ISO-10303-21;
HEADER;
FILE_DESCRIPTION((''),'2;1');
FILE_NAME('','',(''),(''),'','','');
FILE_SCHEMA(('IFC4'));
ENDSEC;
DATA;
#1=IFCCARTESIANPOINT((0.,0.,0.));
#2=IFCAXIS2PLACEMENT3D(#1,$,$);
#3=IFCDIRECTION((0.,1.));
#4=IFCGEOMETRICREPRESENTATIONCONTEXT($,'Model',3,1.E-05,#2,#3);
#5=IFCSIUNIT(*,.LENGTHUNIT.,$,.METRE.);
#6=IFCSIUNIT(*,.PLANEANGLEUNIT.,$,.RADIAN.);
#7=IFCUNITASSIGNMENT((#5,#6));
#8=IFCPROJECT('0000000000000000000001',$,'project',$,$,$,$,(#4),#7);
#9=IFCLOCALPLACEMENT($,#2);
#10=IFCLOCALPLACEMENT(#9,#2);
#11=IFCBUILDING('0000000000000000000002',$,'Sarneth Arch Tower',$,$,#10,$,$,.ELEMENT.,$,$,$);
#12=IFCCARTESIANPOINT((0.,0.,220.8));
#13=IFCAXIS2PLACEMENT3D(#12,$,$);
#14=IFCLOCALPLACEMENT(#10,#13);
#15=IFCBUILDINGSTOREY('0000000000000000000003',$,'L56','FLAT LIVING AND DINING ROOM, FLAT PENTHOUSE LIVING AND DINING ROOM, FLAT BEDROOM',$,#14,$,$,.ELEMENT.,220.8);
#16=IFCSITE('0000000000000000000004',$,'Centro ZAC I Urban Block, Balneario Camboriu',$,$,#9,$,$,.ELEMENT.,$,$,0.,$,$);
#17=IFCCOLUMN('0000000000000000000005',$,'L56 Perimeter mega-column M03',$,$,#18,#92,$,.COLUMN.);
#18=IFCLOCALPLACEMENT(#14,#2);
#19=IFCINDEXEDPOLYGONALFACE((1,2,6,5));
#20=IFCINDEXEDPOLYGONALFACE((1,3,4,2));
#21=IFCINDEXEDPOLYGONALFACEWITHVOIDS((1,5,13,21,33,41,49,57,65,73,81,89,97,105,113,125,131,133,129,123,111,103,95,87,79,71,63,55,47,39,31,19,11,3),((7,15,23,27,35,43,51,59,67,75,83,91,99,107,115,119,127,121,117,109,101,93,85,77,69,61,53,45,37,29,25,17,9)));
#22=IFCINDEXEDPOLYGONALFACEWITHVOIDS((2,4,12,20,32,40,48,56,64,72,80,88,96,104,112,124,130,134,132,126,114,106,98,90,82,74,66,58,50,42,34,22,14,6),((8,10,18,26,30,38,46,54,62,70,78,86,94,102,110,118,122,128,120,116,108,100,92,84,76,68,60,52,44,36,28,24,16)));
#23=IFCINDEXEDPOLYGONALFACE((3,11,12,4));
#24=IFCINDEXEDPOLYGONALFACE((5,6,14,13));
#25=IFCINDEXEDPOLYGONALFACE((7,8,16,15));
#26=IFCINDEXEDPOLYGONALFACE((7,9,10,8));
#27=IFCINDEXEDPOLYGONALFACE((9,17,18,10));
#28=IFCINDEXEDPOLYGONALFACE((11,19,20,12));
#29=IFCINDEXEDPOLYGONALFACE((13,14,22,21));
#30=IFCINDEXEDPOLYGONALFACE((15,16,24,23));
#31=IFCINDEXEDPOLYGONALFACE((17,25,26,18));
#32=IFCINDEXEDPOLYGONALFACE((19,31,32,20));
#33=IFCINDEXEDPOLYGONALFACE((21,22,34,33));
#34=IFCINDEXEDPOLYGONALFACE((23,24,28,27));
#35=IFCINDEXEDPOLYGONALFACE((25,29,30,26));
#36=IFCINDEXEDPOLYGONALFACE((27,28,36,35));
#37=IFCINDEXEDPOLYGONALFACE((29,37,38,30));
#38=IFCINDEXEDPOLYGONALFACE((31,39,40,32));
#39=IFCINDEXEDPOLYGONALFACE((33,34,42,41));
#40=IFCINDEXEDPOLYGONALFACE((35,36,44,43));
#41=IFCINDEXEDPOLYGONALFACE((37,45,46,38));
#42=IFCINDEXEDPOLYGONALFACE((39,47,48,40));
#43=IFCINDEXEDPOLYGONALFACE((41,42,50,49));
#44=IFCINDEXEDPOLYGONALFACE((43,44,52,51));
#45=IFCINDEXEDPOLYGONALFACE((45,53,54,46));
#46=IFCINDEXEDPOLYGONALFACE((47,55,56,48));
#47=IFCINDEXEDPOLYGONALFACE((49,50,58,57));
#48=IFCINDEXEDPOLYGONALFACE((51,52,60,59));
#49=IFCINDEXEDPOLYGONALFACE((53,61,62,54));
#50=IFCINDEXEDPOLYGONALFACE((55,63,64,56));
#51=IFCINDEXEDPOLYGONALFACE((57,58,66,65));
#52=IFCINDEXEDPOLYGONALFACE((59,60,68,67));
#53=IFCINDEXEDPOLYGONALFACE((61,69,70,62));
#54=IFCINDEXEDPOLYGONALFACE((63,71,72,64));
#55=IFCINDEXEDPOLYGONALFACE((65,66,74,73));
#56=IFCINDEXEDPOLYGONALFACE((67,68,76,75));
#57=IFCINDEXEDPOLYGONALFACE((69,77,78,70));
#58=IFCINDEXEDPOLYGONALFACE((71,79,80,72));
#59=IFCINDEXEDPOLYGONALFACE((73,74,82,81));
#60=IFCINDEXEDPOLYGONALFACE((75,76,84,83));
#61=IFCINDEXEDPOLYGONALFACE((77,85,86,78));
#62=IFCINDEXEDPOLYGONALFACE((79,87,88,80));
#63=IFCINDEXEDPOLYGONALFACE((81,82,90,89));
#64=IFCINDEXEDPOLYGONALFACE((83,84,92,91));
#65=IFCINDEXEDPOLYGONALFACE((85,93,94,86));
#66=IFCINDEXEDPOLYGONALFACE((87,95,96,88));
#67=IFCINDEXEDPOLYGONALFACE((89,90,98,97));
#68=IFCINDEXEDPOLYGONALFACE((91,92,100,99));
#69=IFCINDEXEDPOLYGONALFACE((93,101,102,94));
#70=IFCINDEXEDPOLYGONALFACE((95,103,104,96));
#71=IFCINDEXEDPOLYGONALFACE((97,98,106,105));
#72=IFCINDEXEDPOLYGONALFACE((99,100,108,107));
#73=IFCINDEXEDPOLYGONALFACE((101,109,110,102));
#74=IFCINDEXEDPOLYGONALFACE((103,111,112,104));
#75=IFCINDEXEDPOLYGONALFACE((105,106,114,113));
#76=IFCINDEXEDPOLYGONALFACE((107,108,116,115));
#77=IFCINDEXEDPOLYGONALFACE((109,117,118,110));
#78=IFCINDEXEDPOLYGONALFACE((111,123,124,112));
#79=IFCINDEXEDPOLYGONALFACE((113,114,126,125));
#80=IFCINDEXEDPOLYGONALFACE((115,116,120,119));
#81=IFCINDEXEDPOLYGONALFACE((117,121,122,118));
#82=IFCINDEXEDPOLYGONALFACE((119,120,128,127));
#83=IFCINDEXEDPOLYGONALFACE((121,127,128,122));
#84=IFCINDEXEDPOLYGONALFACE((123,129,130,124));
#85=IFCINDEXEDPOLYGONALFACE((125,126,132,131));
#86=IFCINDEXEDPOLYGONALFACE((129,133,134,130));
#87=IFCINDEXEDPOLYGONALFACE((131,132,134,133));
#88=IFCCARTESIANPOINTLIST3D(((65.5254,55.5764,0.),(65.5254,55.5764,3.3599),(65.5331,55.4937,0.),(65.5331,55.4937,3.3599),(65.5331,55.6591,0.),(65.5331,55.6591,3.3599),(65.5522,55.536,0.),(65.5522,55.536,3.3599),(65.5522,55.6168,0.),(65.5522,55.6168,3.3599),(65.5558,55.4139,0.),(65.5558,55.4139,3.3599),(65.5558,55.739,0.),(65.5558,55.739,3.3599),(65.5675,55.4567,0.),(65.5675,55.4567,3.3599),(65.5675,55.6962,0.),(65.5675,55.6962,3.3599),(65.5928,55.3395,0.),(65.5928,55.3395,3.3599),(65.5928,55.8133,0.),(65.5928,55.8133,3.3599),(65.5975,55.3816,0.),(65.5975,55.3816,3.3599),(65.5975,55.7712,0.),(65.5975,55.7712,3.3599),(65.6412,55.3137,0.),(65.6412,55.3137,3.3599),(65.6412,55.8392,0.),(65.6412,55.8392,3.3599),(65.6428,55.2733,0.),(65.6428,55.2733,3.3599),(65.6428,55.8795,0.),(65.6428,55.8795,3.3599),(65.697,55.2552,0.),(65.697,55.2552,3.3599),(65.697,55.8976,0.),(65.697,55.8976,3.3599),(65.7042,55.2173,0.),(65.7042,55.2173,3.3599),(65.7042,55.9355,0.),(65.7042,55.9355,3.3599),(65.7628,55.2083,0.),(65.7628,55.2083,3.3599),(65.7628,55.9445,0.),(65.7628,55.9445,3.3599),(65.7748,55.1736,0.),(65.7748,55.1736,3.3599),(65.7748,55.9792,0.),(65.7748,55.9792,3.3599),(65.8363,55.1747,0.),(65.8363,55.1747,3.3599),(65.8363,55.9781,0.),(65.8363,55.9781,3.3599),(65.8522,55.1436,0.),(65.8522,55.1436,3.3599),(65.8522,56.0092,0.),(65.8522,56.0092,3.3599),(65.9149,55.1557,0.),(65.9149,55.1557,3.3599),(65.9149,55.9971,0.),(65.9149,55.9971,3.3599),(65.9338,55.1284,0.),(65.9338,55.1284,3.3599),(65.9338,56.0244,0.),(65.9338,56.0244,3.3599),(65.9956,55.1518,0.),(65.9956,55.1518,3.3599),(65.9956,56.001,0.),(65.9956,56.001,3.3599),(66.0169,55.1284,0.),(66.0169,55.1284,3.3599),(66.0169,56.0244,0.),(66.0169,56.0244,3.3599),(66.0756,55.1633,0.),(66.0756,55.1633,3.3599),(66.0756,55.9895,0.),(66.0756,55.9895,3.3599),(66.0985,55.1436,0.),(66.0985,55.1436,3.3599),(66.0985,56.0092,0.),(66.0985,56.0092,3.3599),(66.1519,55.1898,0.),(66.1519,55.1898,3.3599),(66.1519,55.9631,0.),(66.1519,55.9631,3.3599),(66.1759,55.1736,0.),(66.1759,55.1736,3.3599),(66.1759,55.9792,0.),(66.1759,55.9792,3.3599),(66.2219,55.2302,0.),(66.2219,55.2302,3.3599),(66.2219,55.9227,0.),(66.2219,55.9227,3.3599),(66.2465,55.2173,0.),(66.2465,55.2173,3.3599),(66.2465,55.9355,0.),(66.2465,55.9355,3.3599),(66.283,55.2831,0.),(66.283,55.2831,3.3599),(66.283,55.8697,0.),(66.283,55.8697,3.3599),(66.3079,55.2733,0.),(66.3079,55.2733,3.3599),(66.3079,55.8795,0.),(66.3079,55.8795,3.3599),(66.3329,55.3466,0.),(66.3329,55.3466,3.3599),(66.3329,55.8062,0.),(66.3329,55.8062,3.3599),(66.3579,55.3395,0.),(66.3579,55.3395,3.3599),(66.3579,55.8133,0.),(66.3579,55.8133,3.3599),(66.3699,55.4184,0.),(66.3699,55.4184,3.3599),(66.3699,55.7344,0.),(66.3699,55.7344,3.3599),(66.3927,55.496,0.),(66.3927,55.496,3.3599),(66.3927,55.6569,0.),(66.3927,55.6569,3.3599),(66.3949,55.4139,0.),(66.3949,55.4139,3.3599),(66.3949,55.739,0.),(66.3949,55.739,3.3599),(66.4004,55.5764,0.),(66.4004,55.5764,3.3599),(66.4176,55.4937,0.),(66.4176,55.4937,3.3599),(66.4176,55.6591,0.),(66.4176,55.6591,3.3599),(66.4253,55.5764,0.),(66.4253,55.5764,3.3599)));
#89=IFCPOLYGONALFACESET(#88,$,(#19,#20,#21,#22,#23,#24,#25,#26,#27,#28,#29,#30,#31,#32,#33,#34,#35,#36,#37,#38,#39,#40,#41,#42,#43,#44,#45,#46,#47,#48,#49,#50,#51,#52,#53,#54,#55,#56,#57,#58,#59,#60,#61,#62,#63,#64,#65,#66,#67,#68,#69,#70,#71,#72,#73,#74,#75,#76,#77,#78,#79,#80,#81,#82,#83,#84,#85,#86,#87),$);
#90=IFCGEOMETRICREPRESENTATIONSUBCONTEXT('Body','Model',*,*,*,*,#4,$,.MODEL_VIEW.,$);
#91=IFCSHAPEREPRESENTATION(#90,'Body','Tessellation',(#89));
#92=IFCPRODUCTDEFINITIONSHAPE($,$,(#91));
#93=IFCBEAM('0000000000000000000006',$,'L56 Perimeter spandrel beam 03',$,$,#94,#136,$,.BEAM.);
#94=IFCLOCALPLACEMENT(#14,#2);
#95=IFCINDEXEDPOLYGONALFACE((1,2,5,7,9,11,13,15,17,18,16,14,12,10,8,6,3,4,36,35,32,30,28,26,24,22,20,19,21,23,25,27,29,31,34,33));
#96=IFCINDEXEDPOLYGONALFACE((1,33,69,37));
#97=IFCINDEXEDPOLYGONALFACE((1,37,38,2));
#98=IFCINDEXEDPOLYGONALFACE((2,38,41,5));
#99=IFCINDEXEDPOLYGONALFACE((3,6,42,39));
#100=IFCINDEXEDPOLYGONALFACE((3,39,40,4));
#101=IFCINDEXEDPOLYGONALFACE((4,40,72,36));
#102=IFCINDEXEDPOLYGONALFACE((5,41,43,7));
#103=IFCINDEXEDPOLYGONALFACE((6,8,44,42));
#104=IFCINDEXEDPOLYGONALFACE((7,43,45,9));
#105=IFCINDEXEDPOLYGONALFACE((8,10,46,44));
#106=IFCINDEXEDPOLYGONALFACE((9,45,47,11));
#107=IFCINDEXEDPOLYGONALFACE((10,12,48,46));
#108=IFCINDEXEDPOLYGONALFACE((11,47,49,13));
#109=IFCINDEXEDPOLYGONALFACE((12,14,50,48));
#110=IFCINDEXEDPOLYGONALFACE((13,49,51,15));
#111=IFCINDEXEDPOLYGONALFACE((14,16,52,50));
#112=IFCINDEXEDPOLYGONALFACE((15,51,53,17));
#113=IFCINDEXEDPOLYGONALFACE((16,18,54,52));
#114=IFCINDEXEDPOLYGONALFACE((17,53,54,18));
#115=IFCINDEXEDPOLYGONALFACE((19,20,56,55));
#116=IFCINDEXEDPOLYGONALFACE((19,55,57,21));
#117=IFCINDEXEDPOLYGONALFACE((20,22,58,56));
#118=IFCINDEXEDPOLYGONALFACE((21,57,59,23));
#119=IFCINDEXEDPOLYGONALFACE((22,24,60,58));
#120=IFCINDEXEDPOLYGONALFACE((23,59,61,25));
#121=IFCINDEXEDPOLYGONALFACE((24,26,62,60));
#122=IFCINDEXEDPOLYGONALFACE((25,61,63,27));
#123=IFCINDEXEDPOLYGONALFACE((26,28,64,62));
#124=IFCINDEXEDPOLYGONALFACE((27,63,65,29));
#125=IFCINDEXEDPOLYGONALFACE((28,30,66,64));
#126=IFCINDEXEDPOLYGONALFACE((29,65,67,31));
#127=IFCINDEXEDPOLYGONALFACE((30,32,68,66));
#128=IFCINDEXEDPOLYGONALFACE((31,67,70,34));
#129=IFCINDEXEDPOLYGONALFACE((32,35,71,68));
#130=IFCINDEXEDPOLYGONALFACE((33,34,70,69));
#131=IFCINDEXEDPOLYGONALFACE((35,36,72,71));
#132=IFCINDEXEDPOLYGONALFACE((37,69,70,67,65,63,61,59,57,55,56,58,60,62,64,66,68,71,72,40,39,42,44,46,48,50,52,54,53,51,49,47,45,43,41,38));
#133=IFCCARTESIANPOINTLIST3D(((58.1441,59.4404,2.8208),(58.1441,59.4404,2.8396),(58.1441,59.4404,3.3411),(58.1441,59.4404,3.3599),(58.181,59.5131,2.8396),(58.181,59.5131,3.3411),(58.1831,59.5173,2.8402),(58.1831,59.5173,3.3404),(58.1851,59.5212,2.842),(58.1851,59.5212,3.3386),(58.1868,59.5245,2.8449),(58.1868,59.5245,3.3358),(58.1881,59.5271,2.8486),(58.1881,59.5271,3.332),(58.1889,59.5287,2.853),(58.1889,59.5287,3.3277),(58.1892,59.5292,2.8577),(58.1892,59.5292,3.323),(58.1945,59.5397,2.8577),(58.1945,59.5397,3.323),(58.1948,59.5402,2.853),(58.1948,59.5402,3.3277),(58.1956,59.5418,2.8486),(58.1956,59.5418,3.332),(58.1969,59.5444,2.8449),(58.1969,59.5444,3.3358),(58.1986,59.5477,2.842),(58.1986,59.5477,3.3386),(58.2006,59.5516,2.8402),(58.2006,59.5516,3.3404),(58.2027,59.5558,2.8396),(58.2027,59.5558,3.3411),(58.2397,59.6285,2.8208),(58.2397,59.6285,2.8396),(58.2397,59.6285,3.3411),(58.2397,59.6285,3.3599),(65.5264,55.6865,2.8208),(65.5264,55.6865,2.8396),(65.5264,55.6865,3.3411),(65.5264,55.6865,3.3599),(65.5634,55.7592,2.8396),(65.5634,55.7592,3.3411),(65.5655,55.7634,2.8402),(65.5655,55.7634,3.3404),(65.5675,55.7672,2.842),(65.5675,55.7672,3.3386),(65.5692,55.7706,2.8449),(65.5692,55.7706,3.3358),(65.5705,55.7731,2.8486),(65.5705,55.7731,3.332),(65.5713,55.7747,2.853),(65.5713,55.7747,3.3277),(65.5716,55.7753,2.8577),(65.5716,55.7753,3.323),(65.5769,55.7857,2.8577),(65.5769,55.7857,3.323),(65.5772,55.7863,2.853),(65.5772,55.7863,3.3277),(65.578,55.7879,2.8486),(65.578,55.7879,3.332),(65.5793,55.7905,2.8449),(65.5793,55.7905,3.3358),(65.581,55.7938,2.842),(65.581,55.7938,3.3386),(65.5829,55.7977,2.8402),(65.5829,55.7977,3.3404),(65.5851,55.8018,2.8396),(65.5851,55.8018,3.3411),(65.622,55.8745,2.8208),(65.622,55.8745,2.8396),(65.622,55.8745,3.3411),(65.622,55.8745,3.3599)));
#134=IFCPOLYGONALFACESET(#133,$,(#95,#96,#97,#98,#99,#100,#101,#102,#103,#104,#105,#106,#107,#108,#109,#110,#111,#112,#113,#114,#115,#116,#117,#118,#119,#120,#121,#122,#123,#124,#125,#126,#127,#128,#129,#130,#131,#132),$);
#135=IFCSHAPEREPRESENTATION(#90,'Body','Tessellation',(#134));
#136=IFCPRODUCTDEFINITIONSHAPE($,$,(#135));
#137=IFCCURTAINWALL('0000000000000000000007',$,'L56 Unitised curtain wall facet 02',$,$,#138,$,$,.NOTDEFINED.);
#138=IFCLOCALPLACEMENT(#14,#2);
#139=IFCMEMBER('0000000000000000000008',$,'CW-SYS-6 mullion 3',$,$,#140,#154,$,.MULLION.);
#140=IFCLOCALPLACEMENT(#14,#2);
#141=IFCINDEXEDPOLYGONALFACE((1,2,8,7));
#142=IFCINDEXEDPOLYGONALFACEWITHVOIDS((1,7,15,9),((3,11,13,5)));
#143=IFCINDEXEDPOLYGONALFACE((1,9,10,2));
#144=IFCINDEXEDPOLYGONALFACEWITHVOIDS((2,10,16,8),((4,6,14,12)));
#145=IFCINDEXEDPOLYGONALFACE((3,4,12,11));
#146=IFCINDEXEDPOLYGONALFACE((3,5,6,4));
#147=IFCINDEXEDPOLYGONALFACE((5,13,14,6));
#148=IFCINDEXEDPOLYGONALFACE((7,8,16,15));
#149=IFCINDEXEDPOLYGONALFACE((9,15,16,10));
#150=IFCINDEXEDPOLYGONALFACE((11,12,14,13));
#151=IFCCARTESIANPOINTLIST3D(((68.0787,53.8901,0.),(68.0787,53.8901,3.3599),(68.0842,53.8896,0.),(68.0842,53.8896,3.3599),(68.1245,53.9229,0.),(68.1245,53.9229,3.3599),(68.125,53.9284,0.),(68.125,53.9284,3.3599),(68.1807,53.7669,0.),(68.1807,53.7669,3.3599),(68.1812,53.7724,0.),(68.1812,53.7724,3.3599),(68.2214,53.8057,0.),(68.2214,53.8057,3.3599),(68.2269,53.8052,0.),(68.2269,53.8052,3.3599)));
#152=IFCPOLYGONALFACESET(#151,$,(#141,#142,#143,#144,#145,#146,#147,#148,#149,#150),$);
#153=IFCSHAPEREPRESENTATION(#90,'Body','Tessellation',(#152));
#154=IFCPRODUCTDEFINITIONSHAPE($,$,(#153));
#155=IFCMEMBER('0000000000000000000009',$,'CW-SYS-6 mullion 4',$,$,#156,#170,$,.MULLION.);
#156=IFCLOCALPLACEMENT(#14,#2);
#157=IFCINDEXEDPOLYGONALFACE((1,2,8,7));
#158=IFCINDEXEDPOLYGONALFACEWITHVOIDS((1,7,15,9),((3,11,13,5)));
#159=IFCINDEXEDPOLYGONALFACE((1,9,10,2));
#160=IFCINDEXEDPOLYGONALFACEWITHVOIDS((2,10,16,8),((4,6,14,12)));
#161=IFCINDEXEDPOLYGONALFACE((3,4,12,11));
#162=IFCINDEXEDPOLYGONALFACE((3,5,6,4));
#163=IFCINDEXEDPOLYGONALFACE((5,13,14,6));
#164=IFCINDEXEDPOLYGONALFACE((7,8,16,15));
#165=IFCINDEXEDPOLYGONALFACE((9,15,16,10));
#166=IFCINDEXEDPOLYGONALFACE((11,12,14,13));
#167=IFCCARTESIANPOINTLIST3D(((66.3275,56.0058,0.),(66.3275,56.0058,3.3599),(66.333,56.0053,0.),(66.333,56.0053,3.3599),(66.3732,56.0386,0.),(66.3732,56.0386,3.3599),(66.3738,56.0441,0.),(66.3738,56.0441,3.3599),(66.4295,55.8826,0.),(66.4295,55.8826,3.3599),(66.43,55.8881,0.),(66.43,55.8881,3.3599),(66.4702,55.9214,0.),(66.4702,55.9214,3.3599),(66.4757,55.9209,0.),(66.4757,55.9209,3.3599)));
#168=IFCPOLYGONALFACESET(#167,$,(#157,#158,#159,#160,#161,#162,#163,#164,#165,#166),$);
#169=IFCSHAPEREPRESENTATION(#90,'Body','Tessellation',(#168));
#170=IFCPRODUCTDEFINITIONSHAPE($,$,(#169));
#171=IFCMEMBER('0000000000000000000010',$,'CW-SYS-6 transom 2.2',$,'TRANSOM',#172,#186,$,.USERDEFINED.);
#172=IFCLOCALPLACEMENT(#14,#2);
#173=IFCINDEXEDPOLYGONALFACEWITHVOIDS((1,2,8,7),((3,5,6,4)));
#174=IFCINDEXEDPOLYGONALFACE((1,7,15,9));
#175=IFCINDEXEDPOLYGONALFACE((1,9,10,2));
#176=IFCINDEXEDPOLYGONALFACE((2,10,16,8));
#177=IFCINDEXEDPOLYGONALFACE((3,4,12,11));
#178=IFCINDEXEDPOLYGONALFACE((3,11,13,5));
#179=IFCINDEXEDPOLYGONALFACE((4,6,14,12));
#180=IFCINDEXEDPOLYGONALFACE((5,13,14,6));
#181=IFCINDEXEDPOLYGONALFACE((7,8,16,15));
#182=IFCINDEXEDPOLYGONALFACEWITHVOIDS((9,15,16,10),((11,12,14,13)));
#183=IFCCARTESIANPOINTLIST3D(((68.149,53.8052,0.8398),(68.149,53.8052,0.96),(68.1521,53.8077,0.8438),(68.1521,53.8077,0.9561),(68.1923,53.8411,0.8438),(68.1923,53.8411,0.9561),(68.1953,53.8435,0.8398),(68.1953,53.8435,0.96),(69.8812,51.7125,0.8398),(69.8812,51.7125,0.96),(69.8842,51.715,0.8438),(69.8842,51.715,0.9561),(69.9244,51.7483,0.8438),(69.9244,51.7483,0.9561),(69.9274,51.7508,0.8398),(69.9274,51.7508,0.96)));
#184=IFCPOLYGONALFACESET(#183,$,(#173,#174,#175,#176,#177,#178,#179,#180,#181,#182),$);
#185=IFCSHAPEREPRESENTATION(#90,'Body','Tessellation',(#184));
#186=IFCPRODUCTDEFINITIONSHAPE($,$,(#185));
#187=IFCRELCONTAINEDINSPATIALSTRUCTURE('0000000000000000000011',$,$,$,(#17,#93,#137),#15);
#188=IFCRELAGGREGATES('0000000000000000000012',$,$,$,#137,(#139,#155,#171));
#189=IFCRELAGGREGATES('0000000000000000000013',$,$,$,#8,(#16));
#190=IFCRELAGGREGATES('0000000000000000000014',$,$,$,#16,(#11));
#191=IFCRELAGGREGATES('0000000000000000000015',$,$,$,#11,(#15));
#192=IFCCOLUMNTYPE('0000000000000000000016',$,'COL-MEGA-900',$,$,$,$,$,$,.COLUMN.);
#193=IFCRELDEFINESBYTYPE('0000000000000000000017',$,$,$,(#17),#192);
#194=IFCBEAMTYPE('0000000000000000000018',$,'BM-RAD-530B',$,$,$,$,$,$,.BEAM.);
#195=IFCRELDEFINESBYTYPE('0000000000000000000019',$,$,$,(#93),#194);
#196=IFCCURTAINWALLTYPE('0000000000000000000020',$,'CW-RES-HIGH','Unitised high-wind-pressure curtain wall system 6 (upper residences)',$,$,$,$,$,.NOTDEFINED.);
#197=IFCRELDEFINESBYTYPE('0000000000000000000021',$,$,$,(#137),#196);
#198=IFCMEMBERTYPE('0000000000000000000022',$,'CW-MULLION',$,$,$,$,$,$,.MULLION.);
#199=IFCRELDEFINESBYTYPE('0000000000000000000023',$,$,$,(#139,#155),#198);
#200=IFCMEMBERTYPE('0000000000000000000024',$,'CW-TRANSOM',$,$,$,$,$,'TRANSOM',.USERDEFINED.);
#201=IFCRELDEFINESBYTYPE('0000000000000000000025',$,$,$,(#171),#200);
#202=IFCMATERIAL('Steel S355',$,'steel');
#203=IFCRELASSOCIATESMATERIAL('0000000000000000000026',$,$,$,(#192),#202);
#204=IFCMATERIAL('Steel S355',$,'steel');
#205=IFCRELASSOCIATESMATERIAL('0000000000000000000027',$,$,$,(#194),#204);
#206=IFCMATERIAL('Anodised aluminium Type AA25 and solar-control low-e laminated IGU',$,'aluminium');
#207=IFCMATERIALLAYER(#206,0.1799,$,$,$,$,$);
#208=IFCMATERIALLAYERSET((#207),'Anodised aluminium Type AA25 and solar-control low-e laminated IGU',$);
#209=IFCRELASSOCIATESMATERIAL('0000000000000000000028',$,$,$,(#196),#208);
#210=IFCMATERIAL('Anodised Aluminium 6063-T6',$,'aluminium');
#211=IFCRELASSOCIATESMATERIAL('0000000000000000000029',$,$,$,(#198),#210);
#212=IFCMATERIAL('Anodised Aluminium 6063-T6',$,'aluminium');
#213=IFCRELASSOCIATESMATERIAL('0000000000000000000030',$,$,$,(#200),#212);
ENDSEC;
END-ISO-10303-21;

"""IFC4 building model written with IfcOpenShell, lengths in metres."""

from ifc_helpers import new_model, si_unit, direction, frame, origin, origin_2d, place, context, subcontext, project, spatial, hollow_rectangle, hollow_circle, i_section, extrude, material, layer, layer_set, material_profile, profile_set, type_object, element, aggregate, save


model = new_model("IFC4")

# Units and contexts
model_context = context("Model", 3, precision=1e-05, world=origin(), true_north=direction((0.0, 1.0)))
body_context = subcontext(model_context, "Body", "Model", "MODEL_VIEW")
ifc_project = project(units=[si_unit("LENGTHUNIT", "METRE"), si_unit("PLANEANGLEUNIT", "RADIAN")], contexts=[model_context])

# Site, building, storey
site_placement = place(None, origin())
site = spatial("IfcSite", under=ifc_project, at=site_placement, Name="Centro ZAC I Urban Block, Balneario Camboriu", CompositionType="ELEMENT", RefElevation=0.0)
building_placement = place(site_placement, origin())
building = spatial("IfcBuilding", under=site, at=building_placement, Name="Sarneth Arch Tower", CompositionType="ELEMENT")
storey_placement = place(building_placement, frame((0.0, 0.0, 220.8)))
storey = spatial("IfcBuildingStorey", under=building, at=storey_placement, Name="L56", Description="FLAT LIVING AND DINING ROOM, FLAT PENTHOUSE LIVING AND DINING ROOM, FLAT BEDROOM", CompositionType="ELEMENT", Elevation=220.8)

# Column
ifc_material_1 = material(Name="Steel S355", Category="steel")
ifc_material_profile_1 = material_profile(ifc_material_1, hollow_circle(Radius=0.45, WallThickness=0.0249, at=origin_2d()), Name="CHS900x25")
ifc_profile_set_1 = profile_set([ifc_material_profile_1], Name="Steel S355")
column_type = type_object("IfcColumnType", Name="COL-MEGA-900", PredefinedType="COLUMN", material=ifc_profile_set_1)
column_placement = place(storey_placement, frame((65.9753, 55.5764, 0.0), z_axis=(0.0, 0.0, 1.0), x_axis=(1.0, 0.0, 0.0)))
element("IfcColumn", 1, at=column_placement, inside=storey, type_object=column_type, Name="L56 Perimeter mega-column M03", PredefinedType="COLUMN", context=body_context, shape_type="SweptSolid", body=[
    extrude(hollow_circle(Radius=0.45, WallThickness=0.0249, at=origin_2d()), origin(), (0.0, 0.0, 1.0), 3.3599),
])

# Beam
ifc_material_2 = material(Name="Steel S355", Category="steel")
ifc_material_profile_2 = material_profile(ifc_material_2, i_section(OverallWidth=0.2109, OverallDepth=0.5391, WebThickness=0.0117, FlangeThickness=0.0188, FilletRadius=0.0181, at=origin_2d()), Name="W530x109")
ifc_profile_set_2 = profile_set([ifc_material_profile_2], Name="Steel S355")
beam_type = type_object("IfcBeamType", Name="BM-RAD-530B", PredefinedType="BEAM", material=ifc_profile_set_2)
beam_placement = place(storey_placement, frame((65.5742, 55.7805, 3.0903), z_axis=(-0.891376, 0.453264, 0.0), x_axis=(-0.453264, -0.891376, 0.0)))
element("IfcBeam", 2, at=beam_placement, inside=storey, type_object=beam_type, Name="L56 Perimeter spandrel beam 03", PredefinedType="BEAM", context=body_context, shape_type="SweptSolid", body=[
    extrude(i_section(OverallWidth=0.2109, OverallDepth=0.5391, WebThickness=0.0117, FlangeThickness=0.0188, FilletRadius=0.0181, at=origin_2d()), origin(), (0.0, 0.0, 1.0), 8.282),
])

# Curtain wall, members
ifc_material_3 = material(Name="Anodised aluminium Type AA25 and solar-control low-e laminated IGU", Category="aluminium")
ifc_layer_1 = layer(ifc_material_3, 0.1799)
ifc_layer_set_1 = layer_set([ifc_layer_1], Name="Anodised aluminium Type AA25 and solar-control low-e laminated IGU")
curtain_wall_type = type_object("IfcCurtainWallType", Name="CW-RES-HIGH", Description="Unitised high-wind-pressure curtain wall system 6 (upper residences)", PredefinedType="NOTDEFINED", material=ifc_layer_set_1)
curtain_wall_placement = place(storey_placement, origin())
curtain_wall = element("IfcCurtainWall", 3, at=curtain_wall_placement, inside=storey, type_object=curtain_wall_type, Name="L56 Unitised curtain wall facet 02", PredefinedType="NOTDEFINED")
ifc_material_4 = material(Name="Anodised Aluminium 6063-T6", Category="aluminium")
ifc_material_profile_3 = material_profile(ifc_material_4, hollow_rectangle(XDim=0.0601, YDim=0.1599, WallThickness=0.0039, at=origin_2d()), Name="AL-MULL-160x60x4")
ifc_profile_set_3 = profile_set([ifc_material_profile_3], Name="Anodised Aluminium 6063-T6")
member_type_1 = type_object("IfcMemberType", Name="CW-MULLION", PredefinedType="MULLION", material=ifc_profile_set_3)
member_1_placement = place(storey_placement, frame((68.1528, 53.8477, 0.0), z_axis=(0.0, 0.0, 1.0), x_axis=(-0.770359, -0.63761, 0.0)))
member_1 = element("IfcMember", 4, at=member_1_placement, type_object=member_type_1, Name="CW-SYS-6 mullion 3", PredefinedType="MULLION", context=body_context, shape_type="SweptSolid", body=[
    extrude(hollow_rectangle(XDim=0.0601, YDim=0.1599, WallThickness=0.0039, at=origin_2d()), origin(), (0.0, 0.0, 1.0), 3.3599),
])
member_2_placement = place(storey_placement, frame((66.4016, 55.9634, 0.0), z_axis=(0.0, 0.0, 1.0), x_axis=(-0.770359, -0.63761, 0.0)))
member_2 = element("IfcMember", 5, at=member_2_placement, type_object=member_type_1, Name="CW-SYS-6 mullion 4", PredefinedType="MULLION", context=body_context, shape_type="SweptSolid", body=[
    extrude(hollow_rectangle(XDim=0.0601, YDim=0.1599, WallThickness=0.0039, at=origin_2d()), origin(), (0.0, 0.0, 1.0), 3.3599),
])
ifc_material_5 = material(Name="Anodised Aluminium 6063-T6", Category="aluminium")
ifc_material_profile_4 = material_profile(ifc_material_5, hollow_rectangle(XDim=0.0601, YDim=0.1201, WallThickness=0.0039, at=origin_2d()), Name="AL-TRAN-120x60x4")
ifc_profile_set_4 = profile_set([ifc_material_profile_4], Name="Anodised Aluminium 6063-T6")
member_type_2 = type_object("IfcMemberType", Name="CW-TRANSOM", ElementType="TRANSOM", PredefinedType="USERDEFINED", material=ifc_profile_set_4)
member_3_placement = place(storey_placement, frame((69.9043, 51.7317, 0.8999), z_axis=(-0.637617, 0.770353, 0.0), x_axis=(-0.770353, -0.637617, 0.0)))
member_3 = element("IfcMember", 6, at=member_3_placement, type_object=member_type_2, Name="CW-SYS-6 transom 2.2", ObjectType="TRANSOM", PredefinedType="USERDEFINED", context=body_context, shape_type="SweptSolid", body=[
    extrude(hollow_rectangle(XDim=0.0601, YDim=0.1201, WallThickness=0.0039, at=origin_2d()), origin(), (0.0, 0.0, 1.0), 2.7166),
])

aggregate(curtain_wall, [member_1, member_2, member_3])

save(model, "model.ifc")
